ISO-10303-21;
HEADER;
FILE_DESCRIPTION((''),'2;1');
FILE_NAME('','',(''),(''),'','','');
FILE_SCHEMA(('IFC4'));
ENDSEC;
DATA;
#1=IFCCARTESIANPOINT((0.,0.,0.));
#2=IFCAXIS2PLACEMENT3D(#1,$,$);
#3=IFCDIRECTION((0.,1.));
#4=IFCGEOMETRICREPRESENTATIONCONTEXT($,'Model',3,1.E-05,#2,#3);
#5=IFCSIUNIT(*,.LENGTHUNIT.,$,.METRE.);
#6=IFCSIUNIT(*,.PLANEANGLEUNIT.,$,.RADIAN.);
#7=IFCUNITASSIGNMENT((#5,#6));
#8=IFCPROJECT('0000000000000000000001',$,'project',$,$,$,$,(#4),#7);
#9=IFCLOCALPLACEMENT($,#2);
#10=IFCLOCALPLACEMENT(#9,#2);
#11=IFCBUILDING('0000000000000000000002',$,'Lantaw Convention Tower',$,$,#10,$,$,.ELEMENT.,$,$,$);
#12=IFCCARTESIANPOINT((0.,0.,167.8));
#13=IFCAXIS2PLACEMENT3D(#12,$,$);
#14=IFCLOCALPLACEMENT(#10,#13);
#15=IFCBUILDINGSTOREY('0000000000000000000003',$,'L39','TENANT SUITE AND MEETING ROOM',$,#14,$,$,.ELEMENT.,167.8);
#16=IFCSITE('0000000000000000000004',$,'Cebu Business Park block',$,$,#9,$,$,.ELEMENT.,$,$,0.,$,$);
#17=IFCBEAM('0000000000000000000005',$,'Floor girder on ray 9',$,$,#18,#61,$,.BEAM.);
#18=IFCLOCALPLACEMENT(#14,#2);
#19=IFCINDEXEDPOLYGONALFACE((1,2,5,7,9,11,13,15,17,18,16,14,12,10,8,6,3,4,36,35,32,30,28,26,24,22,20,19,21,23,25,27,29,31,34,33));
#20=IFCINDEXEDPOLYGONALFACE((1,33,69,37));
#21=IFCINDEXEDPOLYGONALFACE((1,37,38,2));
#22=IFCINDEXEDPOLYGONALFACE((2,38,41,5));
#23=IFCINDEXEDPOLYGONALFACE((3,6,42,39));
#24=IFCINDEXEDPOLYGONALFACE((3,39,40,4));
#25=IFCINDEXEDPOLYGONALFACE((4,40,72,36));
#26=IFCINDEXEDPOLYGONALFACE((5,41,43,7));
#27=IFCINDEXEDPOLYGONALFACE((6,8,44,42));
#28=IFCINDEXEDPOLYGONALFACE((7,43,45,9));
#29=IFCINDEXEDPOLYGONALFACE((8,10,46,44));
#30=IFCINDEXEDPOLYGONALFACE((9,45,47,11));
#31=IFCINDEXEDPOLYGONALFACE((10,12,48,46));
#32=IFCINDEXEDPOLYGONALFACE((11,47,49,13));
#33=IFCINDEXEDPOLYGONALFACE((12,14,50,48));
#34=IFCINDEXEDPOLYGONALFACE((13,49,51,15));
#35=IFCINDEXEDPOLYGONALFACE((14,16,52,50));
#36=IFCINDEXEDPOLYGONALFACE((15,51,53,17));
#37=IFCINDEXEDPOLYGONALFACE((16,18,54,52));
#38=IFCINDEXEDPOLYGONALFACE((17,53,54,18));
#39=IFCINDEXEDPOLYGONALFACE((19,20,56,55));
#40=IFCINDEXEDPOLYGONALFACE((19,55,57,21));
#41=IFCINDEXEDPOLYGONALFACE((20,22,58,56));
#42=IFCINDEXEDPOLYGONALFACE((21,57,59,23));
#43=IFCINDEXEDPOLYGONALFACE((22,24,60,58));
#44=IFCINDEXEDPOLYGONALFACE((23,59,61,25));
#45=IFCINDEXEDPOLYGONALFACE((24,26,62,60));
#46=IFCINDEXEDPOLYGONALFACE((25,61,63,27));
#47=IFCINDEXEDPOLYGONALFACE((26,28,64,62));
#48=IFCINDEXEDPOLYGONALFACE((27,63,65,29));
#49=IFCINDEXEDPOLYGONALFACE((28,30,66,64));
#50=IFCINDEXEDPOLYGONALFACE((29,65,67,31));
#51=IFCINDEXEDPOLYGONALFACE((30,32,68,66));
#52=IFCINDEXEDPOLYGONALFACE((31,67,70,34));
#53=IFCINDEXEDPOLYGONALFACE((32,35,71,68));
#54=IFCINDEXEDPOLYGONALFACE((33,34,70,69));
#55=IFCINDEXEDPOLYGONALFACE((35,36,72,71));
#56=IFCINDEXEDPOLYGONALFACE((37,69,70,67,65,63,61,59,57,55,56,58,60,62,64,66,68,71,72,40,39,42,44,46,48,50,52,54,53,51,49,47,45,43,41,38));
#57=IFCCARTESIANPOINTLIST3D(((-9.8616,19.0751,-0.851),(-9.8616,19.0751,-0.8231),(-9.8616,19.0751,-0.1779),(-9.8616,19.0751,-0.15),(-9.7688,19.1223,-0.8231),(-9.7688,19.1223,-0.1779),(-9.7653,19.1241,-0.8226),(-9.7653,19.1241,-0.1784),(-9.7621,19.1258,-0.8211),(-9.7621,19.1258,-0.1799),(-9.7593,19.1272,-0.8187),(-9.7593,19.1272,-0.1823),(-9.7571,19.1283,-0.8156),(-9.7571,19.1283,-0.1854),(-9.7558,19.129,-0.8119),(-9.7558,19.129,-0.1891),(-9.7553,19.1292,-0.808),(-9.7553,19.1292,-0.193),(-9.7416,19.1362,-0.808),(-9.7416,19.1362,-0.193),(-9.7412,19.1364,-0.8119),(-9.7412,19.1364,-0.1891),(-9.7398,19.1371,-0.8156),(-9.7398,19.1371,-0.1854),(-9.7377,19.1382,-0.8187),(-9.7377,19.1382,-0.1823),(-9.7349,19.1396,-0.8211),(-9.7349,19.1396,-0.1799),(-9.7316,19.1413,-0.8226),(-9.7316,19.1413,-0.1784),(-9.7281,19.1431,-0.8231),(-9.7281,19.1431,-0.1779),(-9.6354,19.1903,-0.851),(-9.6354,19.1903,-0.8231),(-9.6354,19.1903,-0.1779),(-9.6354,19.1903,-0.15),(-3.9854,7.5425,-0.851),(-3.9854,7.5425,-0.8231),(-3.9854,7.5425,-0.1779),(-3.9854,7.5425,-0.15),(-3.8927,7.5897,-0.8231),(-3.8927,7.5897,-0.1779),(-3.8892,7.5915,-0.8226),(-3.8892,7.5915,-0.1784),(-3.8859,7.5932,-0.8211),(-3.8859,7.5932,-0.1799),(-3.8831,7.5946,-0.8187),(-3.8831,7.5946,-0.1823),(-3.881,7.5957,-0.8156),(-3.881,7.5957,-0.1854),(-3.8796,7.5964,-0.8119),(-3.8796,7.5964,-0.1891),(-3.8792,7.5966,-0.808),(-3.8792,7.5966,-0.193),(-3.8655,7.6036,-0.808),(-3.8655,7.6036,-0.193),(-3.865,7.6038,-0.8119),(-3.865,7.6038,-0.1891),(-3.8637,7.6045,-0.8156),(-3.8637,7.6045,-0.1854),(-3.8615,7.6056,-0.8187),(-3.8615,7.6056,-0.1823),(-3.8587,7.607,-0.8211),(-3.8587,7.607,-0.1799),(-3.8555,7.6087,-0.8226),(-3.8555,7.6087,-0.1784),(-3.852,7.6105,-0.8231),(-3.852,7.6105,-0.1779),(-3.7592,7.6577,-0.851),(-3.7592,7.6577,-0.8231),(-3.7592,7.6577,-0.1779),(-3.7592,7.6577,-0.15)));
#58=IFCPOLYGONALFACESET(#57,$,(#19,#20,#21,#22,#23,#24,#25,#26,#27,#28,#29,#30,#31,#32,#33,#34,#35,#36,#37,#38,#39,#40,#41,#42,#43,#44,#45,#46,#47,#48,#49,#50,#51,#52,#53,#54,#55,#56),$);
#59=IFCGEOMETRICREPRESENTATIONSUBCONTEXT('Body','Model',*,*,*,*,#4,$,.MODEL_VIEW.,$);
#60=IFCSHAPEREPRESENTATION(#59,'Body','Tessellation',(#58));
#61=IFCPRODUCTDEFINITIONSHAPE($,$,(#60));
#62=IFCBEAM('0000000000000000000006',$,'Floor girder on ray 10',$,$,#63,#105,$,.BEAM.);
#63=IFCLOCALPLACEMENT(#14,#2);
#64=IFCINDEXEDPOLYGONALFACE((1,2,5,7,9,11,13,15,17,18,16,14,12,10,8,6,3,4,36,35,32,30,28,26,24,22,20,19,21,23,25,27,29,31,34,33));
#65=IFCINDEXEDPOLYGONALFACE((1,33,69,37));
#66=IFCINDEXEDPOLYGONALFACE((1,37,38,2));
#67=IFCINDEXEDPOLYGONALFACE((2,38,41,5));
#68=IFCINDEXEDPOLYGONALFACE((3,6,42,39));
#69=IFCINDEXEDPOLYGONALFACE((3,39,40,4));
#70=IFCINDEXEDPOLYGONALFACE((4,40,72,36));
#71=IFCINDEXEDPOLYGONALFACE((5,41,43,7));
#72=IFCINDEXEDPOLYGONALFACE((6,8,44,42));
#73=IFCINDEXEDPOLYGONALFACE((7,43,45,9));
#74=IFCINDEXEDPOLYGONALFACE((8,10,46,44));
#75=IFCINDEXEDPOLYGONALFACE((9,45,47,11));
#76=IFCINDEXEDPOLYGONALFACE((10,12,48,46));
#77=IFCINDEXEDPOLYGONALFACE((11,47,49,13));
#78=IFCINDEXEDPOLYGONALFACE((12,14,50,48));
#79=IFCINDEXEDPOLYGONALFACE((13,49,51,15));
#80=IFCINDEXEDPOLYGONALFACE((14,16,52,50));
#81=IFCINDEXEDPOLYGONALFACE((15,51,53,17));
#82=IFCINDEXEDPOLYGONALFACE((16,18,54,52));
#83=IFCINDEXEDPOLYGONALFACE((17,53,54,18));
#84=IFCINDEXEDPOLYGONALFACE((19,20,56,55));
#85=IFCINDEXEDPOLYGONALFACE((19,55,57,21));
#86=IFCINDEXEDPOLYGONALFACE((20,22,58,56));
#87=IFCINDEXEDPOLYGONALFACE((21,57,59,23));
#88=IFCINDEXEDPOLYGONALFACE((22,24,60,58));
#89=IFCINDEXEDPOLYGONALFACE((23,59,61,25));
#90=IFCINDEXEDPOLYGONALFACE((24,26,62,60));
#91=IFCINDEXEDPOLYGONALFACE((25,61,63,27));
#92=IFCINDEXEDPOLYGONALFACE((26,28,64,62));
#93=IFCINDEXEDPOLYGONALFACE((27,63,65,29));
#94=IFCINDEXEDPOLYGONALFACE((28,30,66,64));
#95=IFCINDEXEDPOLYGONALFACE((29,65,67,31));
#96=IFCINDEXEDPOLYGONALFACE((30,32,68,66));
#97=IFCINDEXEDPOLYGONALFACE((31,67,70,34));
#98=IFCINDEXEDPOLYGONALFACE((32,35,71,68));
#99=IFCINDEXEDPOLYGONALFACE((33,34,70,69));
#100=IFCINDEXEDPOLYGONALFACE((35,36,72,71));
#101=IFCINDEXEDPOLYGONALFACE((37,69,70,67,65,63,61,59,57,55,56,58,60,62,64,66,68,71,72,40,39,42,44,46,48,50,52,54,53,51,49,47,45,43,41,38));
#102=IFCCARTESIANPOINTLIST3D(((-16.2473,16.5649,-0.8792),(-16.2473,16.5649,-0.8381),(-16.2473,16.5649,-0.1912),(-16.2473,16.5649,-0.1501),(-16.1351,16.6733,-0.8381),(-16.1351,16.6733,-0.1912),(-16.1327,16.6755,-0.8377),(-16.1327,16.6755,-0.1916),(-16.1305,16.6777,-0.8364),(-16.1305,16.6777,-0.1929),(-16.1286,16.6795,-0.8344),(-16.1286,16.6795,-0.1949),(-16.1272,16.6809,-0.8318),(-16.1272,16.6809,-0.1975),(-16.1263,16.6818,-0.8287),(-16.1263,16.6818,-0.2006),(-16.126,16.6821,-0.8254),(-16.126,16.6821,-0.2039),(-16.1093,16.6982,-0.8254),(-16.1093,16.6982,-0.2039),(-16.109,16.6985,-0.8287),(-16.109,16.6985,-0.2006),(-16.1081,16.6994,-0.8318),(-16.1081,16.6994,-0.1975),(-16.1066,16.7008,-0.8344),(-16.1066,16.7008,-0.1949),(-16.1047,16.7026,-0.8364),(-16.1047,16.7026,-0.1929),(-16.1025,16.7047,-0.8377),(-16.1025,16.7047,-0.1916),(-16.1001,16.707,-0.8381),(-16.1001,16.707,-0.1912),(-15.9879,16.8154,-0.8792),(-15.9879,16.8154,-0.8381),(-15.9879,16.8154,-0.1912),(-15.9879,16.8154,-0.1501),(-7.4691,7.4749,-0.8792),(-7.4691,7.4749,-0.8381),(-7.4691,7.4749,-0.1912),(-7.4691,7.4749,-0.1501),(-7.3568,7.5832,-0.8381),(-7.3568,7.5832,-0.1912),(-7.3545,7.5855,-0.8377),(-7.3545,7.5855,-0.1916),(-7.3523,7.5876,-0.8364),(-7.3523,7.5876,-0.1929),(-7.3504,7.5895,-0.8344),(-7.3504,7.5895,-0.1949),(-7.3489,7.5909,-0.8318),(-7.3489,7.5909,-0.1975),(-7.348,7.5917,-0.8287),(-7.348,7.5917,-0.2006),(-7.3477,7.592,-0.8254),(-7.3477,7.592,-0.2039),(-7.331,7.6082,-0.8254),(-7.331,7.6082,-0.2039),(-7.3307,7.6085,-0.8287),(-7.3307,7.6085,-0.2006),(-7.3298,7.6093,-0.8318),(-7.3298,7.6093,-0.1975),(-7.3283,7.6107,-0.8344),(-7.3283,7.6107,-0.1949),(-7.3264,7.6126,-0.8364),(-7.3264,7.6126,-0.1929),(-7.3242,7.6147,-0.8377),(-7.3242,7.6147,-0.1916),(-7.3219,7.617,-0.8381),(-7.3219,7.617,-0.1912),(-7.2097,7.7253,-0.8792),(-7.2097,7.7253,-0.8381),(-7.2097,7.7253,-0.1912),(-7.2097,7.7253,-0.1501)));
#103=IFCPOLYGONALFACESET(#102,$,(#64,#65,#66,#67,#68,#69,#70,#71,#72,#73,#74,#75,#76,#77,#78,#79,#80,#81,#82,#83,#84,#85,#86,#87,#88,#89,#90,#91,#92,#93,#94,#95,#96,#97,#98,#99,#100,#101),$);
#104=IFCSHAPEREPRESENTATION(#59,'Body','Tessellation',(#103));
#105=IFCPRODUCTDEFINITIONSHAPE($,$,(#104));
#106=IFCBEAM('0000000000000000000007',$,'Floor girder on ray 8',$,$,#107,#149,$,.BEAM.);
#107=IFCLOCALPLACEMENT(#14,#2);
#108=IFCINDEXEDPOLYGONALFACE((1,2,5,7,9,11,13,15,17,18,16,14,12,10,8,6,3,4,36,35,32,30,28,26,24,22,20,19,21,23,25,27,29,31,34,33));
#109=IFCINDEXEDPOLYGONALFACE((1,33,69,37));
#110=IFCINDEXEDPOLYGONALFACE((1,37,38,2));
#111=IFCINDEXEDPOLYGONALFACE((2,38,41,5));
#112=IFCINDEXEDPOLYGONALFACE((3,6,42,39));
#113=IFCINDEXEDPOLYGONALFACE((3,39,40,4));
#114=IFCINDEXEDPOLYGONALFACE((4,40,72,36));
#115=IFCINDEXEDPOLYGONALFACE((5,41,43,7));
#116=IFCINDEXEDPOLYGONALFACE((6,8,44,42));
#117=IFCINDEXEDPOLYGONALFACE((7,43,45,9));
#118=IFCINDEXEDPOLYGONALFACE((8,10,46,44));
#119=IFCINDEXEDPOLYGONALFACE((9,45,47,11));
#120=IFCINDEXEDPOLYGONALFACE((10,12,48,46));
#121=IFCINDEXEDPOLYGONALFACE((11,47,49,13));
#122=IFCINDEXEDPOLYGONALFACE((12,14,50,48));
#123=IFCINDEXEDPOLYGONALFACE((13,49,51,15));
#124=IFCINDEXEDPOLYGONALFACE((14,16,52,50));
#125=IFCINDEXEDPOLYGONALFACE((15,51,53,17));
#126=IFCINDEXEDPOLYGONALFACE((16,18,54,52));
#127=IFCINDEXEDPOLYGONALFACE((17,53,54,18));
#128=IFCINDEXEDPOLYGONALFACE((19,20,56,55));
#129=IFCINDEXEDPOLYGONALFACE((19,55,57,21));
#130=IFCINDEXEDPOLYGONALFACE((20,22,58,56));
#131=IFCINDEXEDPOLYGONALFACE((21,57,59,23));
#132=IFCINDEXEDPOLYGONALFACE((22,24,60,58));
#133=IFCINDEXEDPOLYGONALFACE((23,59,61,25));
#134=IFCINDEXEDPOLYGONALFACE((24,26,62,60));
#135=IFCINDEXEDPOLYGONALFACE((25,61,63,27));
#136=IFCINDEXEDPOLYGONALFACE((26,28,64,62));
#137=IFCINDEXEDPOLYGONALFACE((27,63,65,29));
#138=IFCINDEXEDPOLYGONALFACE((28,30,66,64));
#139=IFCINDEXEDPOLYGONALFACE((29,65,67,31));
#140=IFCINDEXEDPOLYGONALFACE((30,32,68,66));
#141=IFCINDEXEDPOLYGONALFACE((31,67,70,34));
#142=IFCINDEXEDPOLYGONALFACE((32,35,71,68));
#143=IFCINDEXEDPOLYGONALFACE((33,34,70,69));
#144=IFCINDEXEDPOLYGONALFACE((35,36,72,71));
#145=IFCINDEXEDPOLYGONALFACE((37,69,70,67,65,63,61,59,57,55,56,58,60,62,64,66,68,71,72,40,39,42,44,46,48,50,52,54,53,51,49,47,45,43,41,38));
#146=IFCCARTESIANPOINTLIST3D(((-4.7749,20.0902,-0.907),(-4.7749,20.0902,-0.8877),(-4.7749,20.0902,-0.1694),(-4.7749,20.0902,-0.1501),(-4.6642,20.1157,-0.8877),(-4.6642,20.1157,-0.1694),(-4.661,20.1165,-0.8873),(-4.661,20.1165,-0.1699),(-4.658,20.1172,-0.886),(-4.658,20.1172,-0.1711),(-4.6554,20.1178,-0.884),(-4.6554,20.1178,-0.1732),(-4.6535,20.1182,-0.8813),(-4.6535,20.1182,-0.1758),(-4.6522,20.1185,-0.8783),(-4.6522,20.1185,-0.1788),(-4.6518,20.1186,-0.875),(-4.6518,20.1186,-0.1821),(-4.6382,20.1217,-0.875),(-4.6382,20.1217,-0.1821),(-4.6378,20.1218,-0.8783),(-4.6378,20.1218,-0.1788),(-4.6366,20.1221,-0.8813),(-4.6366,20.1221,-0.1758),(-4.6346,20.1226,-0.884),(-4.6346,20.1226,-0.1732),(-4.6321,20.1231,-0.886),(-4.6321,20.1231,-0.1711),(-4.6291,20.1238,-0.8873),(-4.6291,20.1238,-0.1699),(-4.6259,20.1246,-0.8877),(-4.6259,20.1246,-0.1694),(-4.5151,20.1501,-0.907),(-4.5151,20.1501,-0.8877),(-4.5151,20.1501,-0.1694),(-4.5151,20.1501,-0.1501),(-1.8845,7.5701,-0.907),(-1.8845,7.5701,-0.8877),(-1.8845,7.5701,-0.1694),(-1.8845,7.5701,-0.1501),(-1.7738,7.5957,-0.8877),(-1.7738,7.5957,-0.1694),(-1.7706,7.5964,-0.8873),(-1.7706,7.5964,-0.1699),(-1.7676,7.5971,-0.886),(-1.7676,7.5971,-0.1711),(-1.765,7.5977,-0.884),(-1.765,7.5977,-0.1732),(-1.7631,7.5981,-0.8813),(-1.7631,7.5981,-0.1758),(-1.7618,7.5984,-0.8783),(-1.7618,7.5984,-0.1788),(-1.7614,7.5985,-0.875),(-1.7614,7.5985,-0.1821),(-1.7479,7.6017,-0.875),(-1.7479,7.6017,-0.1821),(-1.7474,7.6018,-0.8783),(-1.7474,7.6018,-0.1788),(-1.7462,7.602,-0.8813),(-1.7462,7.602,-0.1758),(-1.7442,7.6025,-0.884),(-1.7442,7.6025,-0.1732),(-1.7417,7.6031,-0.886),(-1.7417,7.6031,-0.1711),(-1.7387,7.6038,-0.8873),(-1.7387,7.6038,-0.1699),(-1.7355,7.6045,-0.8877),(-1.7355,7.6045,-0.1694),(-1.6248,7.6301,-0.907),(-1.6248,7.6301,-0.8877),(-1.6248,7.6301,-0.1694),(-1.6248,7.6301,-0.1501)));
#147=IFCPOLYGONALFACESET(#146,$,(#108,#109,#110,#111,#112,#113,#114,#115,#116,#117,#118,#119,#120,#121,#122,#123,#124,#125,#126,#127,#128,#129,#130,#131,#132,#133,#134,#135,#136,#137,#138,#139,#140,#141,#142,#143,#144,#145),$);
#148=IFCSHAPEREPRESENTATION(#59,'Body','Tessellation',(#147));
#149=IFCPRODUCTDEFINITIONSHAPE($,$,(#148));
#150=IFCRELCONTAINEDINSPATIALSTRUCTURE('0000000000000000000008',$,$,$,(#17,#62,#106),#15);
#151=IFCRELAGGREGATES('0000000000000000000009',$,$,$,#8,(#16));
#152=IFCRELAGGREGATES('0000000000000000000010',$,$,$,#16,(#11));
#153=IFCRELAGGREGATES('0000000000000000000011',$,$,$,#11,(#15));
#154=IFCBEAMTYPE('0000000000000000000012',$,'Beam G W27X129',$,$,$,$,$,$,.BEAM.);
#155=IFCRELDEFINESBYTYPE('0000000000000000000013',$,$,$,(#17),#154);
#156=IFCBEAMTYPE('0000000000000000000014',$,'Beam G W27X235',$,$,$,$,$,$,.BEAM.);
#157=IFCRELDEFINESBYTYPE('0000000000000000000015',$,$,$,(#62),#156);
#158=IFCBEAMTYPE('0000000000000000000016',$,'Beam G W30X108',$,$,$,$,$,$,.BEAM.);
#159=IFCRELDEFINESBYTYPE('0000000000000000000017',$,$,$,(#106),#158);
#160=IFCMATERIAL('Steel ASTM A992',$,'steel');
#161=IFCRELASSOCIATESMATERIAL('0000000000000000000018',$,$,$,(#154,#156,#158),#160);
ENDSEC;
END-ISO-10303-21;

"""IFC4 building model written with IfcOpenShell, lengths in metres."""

from ifc_helpers import new_model, si_unit, direction, frame, origin, origin_2d, place, context, subcontext, project, spatial, i_section, extrude, material, material_profile, profile_set, type_object, element, save


model = new_model("IFC4")

# Units and contexts
model_context = context("Model", 3, precision=1e-05, world=origin(), true_north=direction((0.0, 1.0)))
body_context = subcontext(model_context, "Body", "Model", "MODEL_VIEW")
ifc_project = project(units=[si_unit("LENGTHUNIT", "METRE"), si_unit("PLANEANGLEUNIT", "RADIAN")], contexts=[model_context])

# Site, building, storey
site_placement = place(None, origin())
site = spatial("IfcSite", under=ifc_project, at=site_placement, Name="Cebu Business Park block", CompositionType="ELEMENT", RefElevation=0.0)
building_placement = place(site_placement, origin())
building = spatial("IfcBuilding", under=site, at=building_placement, Name="Lantaw Convention Tower", CompositionType="ELEMENT")
storey_placement = place(building_placement, frame((0.0, 0.0, 167.8)))
storey = spatial("IfcBuildingStorey", under=building, at=storey_placement, Name="L39", Description="TENANT SUITE AND MEETING ROOM", CompositionType="ELEMENT", Elevation=167.8)

# Beams
ifc_material_1 = material(Name="Steel ASTM A992", Category="steel")
ifc_material_profile_1 = material_profile(ifc_material_1, i_section(OverallWidth=0.2539, OverallDepth=0.7009, WebThickness=0.0154, FlangeThickness=0.0278, FilletRadius=0.0151, at=origin_2d()), Name="W27X129")
ifc_profile_set_1 = profile_set([ifc_material_profile_1], Name="Steel ASTM A992")
beam_type_1 = type_object("IfcBeamType", Name="Beam G W27X129", PredefinedType="BEAM", material=ifc_profile_set_1)
beam_1_placement = place(storey_placement, frame((-3.8723, 7.6001, -0.5005), z_axis=(-0.453991, 0.891006, 0.0), x_axis=(-0.891006, -0.453991, 0.0)))
element("IfcBeam", 1, at=beam_1_placement, inside=storey, type_object=beam_type_1, Name="Floor girder on ray 9", PredefinedType="BEAM", context=body_context, shape_type="SweptSolid", body=[
    extrude(i_section(OverallWidth=0.2539, OverallDepth=0.7009, WebThickness=0.0154, FlangeThickness=0.0278, FilletRadius=0.0151, at=origin_2d()), origin(), (0.0, 0.0, 1.0), 12.9434),
])
ifc_material_profile_2 = material_profile(ifc_material_1, i_section(OverallWidth=0.3606, OverallDepth=0.729, WebThickness=0.0232, FlangeThickness=0.041, FilletRadius=0.0127, at=origin_2d()), Name="W27X235")
ifc_profile_set_2 = profile_set([ifc_material_profile_2], Name="Steel ASTM A992")
beam_type_2 = type_object("IfcBeamType", Name="Beam G W27X235", PredefinedType="BEAM", material=ifc_profile_set_2)
beam_2_placement = place(storey_placement, frame((-7.3394, 7.6001, -0.5146), z_axis=(-0.694663, 0.719335, 0.0), x_axis=(-0.719335, -0.694663, 0.0)))
element("IfcBeam", 2, at=beam_2_placement, inside=storey, type_object=beam_type_2, Name="Floor girder on ray 10", PredefinedType="BEAM", context=body_context, shape_type="SweptSolid", body=[
    extrude(i_section(OverallWidth=0.3606, OverallDepth=0.729, WebThickness=0.0232, FlangeThickness=0.041, FilletRadius=0.0127, at=origin_2d()), origin(), (0.0, 0.0, 1.0), 12.6367),
])
ifc_material_profile_3 = material_profile(ifc_material_1, i_section(OverallWidth=0.2666, OverallDepth=0.7568, WebThickness=0.0139, FlangeThickness=0.0193, FilletRadius=0.0127, at=origin_2d()), Name="W30X108")
ifc_profile_set_3 = profile_set([ifc_material_profile_3], Name="Steel ASTM A992")
beam_type_3 = type_object("IfcBeamType", Name="Beam G W30X108", PredefinedType="BEAM", material=ifc_profile_set_3)
beam_3_placement = place(storey_placement, frame((-1.7546, 7.6001, -0.5286), z_axis=(-0.224944, 0.974372, 0.0), x_axis=(-0.974372, -0.224944, 0.0)))
element("IfcBeam", 3, at=beam_3_placement, inside=storey, type_object=beam_type_3, Name="Floor girder on ray 8", PredefinedType="BEAM", context=body_context, shape_type="SweptSolid", body=[
    extrude(i_section(OverallWidth=0.2666, OverallDepth=0.7568, WebThickness=0.0139, FlangeThickness=0.0193, FilletRadius=0.0127, at=origin_2d()), origin(), (0.0, 0.0, 1.0), 12.8494),
])

save(model, "model.ifc")
